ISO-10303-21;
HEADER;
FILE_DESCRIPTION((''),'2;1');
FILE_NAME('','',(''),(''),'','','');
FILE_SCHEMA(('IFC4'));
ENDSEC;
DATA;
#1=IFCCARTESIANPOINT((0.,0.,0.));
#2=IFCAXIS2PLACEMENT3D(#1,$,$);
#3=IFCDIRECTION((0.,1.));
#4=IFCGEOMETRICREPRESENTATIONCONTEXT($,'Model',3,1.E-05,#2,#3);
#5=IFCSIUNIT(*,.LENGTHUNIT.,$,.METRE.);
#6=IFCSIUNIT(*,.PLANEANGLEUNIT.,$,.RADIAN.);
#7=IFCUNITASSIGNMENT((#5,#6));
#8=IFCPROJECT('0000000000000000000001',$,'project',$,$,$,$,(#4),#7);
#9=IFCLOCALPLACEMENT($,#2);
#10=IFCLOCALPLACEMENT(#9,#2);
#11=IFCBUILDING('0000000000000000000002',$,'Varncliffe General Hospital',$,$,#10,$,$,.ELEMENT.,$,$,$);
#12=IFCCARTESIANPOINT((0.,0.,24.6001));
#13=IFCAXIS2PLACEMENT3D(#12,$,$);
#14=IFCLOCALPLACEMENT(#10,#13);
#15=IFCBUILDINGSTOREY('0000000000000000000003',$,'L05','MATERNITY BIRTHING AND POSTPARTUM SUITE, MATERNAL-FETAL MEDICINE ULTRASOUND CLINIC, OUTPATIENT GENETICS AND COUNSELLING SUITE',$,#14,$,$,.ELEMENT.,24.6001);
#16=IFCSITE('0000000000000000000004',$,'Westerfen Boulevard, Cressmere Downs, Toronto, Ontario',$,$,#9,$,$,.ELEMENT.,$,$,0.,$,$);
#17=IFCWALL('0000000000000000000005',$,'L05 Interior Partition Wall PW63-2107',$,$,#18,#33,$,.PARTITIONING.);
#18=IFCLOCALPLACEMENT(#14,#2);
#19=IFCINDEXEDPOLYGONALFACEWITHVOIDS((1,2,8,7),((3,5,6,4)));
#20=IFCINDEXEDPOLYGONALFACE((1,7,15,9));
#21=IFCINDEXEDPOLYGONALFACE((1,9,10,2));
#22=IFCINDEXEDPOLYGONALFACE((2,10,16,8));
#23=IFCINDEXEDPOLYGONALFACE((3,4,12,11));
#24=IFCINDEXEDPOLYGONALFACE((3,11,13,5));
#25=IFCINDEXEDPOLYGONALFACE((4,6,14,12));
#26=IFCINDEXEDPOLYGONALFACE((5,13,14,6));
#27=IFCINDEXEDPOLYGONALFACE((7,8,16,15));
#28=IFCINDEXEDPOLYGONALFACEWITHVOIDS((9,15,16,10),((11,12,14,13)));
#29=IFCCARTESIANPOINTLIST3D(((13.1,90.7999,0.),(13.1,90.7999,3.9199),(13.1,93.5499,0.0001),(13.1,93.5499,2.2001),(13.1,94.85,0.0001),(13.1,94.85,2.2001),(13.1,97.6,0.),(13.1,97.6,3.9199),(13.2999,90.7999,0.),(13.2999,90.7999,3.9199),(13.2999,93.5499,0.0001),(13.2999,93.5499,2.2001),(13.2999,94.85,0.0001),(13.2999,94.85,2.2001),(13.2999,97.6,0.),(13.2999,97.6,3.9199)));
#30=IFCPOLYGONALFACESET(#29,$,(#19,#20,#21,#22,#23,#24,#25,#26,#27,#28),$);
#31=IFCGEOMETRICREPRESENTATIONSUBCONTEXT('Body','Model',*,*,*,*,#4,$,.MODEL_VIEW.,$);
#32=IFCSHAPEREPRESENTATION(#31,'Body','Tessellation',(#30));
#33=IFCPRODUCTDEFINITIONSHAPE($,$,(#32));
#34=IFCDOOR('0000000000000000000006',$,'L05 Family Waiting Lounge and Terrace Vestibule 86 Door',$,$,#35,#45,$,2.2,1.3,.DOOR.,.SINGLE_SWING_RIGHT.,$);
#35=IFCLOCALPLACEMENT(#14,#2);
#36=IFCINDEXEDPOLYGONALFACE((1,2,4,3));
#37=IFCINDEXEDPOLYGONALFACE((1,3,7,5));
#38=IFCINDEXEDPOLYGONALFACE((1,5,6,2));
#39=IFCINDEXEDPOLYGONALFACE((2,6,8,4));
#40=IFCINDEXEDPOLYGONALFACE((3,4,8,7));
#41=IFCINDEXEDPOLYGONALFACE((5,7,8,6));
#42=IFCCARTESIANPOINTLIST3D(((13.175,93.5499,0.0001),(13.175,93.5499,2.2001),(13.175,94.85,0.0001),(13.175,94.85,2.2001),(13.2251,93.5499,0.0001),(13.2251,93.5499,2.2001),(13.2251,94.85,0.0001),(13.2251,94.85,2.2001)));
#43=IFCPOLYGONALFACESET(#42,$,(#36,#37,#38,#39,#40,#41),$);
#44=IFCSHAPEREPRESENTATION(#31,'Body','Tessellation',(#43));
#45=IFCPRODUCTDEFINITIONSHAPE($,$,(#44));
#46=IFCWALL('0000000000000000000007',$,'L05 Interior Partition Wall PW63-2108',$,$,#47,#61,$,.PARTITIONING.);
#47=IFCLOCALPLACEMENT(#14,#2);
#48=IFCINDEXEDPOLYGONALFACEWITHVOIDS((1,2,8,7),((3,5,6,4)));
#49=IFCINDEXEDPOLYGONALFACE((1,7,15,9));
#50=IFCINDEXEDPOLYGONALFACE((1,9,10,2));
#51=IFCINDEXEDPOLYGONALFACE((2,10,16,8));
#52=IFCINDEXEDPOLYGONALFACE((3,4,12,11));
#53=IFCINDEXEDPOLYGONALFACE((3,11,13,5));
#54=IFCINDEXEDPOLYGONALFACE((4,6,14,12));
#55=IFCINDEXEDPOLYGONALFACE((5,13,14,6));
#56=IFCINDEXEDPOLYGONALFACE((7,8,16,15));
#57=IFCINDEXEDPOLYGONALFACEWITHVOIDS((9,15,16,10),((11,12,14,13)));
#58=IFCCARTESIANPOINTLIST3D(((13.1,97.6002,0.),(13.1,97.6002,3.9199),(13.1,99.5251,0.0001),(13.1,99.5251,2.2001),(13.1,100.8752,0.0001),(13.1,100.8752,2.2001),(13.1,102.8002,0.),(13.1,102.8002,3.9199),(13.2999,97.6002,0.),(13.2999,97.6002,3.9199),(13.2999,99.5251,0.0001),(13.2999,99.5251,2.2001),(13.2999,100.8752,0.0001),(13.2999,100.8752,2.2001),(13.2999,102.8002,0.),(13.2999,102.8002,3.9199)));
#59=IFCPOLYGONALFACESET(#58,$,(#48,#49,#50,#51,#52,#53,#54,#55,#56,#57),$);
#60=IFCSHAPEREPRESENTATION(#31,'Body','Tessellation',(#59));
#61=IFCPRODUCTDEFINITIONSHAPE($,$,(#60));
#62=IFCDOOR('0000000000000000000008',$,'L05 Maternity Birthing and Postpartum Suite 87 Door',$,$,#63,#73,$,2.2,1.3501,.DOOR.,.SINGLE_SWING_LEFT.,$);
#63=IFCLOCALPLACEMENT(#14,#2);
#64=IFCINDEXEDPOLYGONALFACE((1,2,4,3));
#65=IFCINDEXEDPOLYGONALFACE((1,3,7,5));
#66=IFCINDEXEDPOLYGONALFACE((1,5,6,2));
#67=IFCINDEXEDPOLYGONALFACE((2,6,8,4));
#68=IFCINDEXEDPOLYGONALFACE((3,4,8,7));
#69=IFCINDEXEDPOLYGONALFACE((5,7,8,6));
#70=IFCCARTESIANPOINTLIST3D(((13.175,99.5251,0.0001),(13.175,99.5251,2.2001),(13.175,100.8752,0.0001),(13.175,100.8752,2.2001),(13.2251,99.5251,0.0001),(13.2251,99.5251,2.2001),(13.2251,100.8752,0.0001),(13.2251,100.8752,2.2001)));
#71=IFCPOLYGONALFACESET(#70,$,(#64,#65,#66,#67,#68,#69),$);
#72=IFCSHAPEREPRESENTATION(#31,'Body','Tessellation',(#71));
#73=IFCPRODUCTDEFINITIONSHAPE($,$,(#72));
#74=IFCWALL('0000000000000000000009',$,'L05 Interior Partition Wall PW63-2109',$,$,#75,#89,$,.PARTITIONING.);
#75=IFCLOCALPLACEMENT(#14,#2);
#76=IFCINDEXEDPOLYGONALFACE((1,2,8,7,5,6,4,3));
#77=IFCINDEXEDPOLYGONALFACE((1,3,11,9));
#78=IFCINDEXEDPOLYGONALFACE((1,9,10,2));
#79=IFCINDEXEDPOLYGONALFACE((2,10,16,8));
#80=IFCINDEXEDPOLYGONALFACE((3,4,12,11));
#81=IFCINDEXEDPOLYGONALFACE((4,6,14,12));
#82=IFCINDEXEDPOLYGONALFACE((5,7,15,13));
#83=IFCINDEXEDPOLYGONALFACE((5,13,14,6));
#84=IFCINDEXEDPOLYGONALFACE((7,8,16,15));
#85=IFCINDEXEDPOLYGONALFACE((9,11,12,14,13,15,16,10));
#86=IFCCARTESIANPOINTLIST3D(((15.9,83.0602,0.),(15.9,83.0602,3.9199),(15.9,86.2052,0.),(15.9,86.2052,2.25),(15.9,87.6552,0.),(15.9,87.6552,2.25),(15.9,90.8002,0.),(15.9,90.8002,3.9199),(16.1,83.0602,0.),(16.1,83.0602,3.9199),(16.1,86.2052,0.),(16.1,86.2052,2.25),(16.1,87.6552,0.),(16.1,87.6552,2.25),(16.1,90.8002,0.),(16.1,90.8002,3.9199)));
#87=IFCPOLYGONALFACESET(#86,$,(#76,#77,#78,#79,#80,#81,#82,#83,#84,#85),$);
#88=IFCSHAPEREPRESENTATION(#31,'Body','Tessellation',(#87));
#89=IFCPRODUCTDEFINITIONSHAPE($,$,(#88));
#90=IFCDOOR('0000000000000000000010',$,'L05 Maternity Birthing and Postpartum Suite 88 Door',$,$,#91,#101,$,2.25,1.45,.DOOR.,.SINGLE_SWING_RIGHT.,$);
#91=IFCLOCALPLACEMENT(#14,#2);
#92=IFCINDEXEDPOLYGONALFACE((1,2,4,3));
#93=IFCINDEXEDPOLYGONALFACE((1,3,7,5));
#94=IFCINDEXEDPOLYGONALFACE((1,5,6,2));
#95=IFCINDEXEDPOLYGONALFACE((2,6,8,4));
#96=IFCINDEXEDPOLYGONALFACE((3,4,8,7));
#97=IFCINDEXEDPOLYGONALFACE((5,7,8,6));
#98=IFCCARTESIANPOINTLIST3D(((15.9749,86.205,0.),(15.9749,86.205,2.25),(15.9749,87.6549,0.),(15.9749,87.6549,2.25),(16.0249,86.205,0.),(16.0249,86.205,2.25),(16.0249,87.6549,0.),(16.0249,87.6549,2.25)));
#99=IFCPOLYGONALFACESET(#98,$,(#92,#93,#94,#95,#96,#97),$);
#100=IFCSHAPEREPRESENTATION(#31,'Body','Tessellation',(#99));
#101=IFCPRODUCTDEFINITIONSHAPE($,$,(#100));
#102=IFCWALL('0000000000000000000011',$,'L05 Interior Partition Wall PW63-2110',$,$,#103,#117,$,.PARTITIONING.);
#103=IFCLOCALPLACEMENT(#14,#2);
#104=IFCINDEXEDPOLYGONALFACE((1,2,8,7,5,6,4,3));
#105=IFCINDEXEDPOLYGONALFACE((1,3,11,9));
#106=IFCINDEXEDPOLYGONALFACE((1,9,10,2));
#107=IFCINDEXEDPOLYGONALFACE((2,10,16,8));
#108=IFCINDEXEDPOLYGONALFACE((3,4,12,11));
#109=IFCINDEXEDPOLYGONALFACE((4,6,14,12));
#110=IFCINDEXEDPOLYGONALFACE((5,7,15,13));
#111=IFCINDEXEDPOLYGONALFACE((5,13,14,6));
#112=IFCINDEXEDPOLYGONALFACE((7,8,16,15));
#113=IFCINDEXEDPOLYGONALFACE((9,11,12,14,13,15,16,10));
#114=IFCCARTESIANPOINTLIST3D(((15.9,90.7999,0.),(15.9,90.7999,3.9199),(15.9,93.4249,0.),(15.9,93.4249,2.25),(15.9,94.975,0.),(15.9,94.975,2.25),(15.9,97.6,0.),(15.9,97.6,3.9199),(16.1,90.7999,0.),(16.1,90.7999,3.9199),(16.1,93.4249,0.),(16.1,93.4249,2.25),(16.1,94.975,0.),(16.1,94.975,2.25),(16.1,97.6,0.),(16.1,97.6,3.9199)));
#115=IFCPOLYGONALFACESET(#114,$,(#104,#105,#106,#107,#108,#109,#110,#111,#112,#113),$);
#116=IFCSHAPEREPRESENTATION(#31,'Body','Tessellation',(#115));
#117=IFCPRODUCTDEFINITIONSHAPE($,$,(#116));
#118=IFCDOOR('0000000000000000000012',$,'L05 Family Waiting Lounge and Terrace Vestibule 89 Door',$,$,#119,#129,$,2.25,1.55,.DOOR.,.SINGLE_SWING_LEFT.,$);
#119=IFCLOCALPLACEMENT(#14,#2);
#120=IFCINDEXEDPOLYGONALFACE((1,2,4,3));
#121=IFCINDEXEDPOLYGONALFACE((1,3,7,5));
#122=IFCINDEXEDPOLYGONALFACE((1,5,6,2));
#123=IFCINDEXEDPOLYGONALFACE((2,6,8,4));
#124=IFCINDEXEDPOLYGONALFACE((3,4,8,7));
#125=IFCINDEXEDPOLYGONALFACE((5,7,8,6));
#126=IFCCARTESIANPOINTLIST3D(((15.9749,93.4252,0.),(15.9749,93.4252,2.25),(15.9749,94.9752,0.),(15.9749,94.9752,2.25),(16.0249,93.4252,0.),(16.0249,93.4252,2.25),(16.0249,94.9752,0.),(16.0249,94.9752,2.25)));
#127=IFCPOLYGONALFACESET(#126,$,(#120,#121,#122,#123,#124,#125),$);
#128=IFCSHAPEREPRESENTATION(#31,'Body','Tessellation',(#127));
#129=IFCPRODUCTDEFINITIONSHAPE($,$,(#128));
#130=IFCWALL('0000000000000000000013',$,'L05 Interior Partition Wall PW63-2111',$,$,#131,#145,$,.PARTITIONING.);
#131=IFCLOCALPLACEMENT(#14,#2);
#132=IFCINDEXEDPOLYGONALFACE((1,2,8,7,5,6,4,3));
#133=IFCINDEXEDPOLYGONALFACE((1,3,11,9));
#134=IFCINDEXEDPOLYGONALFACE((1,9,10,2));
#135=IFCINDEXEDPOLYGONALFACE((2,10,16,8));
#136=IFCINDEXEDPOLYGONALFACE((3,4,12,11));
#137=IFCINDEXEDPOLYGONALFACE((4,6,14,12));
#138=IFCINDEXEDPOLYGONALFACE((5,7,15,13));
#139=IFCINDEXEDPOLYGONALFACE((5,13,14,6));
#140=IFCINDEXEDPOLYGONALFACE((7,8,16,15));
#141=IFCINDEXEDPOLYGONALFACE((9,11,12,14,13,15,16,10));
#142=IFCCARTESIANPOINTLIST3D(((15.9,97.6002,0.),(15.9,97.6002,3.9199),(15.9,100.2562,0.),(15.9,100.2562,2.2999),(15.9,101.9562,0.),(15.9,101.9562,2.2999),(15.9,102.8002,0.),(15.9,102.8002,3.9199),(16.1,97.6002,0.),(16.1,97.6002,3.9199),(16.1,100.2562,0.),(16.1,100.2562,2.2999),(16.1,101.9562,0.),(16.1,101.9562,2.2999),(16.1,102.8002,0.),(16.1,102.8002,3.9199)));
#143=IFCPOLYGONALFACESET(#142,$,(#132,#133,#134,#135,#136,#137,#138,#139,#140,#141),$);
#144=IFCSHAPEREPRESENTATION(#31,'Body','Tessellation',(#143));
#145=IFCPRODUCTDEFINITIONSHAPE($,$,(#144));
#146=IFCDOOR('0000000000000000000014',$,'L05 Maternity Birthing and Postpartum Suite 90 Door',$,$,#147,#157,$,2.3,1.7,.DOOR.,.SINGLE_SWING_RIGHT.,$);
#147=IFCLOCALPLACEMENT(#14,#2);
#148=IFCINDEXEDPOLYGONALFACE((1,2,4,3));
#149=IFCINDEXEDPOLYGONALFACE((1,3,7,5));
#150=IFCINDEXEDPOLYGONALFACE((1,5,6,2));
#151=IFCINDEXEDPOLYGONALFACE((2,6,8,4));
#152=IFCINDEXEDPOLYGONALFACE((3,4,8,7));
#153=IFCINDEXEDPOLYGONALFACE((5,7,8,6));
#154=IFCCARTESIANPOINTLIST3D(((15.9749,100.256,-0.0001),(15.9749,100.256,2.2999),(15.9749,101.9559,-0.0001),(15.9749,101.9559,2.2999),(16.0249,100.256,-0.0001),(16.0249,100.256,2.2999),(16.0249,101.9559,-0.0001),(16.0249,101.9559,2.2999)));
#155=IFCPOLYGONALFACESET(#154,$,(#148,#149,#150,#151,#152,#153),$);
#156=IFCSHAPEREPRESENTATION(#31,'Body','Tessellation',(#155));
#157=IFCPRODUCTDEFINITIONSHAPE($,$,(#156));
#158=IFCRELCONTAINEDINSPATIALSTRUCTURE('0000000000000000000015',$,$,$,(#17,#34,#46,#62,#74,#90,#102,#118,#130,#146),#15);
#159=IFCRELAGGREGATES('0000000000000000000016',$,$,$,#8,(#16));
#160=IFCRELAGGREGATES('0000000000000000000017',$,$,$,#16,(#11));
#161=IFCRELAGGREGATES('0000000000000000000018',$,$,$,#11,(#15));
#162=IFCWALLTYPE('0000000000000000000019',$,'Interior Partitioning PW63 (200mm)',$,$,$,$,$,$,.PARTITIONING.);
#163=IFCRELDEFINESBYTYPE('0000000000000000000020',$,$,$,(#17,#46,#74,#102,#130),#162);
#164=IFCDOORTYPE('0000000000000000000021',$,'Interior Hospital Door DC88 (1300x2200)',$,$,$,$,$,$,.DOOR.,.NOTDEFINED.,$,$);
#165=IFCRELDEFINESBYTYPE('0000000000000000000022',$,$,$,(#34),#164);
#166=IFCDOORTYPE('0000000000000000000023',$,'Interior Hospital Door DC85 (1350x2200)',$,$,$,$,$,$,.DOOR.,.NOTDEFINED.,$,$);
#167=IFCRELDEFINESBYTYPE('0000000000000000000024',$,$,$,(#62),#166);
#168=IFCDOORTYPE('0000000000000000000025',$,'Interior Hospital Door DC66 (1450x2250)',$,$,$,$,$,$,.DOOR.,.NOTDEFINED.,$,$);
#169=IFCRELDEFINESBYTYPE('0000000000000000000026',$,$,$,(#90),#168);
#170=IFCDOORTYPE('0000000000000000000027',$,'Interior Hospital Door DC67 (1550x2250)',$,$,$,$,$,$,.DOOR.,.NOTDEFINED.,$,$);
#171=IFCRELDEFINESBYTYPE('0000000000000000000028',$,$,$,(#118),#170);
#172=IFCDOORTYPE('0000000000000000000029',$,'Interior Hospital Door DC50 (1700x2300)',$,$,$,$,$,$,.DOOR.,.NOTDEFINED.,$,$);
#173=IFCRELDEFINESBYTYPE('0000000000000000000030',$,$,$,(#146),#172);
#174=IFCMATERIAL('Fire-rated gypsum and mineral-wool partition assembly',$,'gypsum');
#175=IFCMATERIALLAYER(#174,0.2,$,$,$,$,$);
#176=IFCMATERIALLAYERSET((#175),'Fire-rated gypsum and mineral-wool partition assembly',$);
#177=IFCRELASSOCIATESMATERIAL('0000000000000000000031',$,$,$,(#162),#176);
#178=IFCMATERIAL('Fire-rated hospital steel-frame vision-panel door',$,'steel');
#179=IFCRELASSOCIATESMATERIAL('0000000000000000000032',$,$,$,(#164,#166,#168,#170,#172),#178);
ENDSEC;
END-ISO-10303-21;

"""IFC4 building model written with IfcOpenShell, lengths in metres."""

from ifc_helpers import new_model, si_unit, direction, frame, frame_2d, origin, place, context, subcontext, project, spatial, rectangle, extrude, material, layer, layer_set, type_object, element, fill, save


model = new_model("IFC4")

# Units and contexts
model_context = context("Model", 3, precision=1e-05, world=origin(), true_north=direction((0.0, 1.0)))
body_context = subcontext(model_context, "Body", "Model", "MODEL_VIEW")
ifc_project = project(units=[si_unit("LENGTHUNIT", "METRE"), si_unit("PLANEANGLEUNIT", "RADIAN")], contexts=[model_context])

# Site, building, storey
site_placement = place(None, origin())
site = spatial("IfcSite", under=ifc_project, at=site_placement, Name="Westerfen Boulevard, Cressmere Downs, Toronto, Ontario", CompositionType="ELEMENT", RefElevation=0.0)
building_placement = place(site_placement, origin())
building = spatial("IfcBuilding", under=site, at=building_placement, Name="Varncliffe General Hospital", CompositionType="ELEMENT")
storey_placement = place(building_placement, frame((0.0, 0.0, 24.6001)))
storey = spatial("IfcBuildingStorey", under=building, at=storey_placement, Name="L05", Description="MATERNITY BIRTHING AND POSTPARTUM SUITE, MATERNAL-FETAL MEDICINE ULTRASOUND CLINIC, OUTPATIENT GENETICS AND COUNSELLING SUITE", CompositionType="ELEMENT", Elevation=24.6001)

# Walls, openings, doors
ifc_material_1 = material(Name="Fire-rated gypsum and mineral-wool partition assembly", Category="gypsum")
ifc_layer_1 = layer(ifc_material_1, 0.2)
ifc_layer_set_1 = layer_set([ifc_layer_1], Name="Fire-rated gypsum and mineral-wool partition assembly")
wall_type_1 = type_object("IfcWallType", Name="Interior Partitioning PW63 (200mm)", PredefinedType="PARTITIONING", material=ifc_layer_set_1)
wall_1_placement = place(storey_placement, frame((13.2, 90.8, 0.0), z_axis=(0.0, 0.0, 1.0), x_axis=(0.0, 1.0, 0.0)))
wall_1 = element("IfcWall", 1, at=wall_1_placement, inside=storey, type_object=wall_type_1, Name="L05 Interior Partition Wall PW63-2107", PredefinedType="PARTITIONING", context=body_context, shape_type="SweptSolid", body=[
    extrude(rectangle(XDim=6.8, YDim=0.2, at=frame_2d((3.3999, 0.0))), origin(), (0.0, 0.0, 1.0), 3.9199),
])
opening_1_placement = place(wall_1_placement, frame((2.75, 0.0, 0.0)))
opening_1 = element("IfcOpeningElement", 2, at=opening_1_placement, cuts=wall_1, PredefinedType="OPENING", context=body_context, shape_type="SweptSolid", body=[
    extrude(rectangle(XDim=1.3, YDim=2.2, at=frame_2d((0.6499, 1.1001))), frame((0.0, 0.1099, 0.0), z_axis=(0.0, -1.0, 0.0), x_axis=(1.0, 0.0, 0.0)), (0.0, 0.0, 1.0), 0.22),
])
ifc_material_2 = material(Name="Fire-rated hospital steel-frame vision-panel door", Category="steel")
door_type_1 = type_object("IfcDoorType", Name="Interior Hospital Door DC88 (1300x2200)", OperationType="NOTDEFINED", PredefinedType="DOOR", material=ifc_material_2)
door_1_placement = place(opening_1_placement, origin())
door_1 = element("IfcDoor", 3, at=door_1_placement, inside=storey, type_object=door_type_1, Name="L05 Family Waiting Lounge and Terrace Vestibule 86 Door", OperationType="SINGLE_SWING_RIGHT", OverallHeight=2.2, OverallWidth=1.3, PredefinedType="DOOR", context=body_context, shape_type="SweptSolid", body=[
    extrude(rectangle(XDim=1.3, YDim=2.2, at=frame_2d((0.6499, 1.1001))), frame((0.0, 0.0249, 0.0), z_axis=(0.0, -1.0, 0.0), x_axis=(1.0, 0.0, 0.0)), (0.0, 0.0, 1.0), 0.05),
])
fill(opening_1, door_1)
wall_2_placement = place(storey_placement, frame((13.2, 97.6001, 0.0), z_axis=(0.0, 0.0, 1.0), x_axis=(0.0, 1.0, 0.0)))
wall_2 = element("IfcWall", 4, at=wall_2_placement, inside=storey, type_object=wall_type_1, Name="L05 Interior Partition Wall PW63-2108", PredefinedType="PARTITIONING", context=body_context, shape_type="SweptSolid", body=[
    extrude(rectangle(XDim=5.2, YDim=0.2, at=frame_2d((2.6001, 0.0))), origin(), (0.0, 0.0, 1.0), 3.9199),
])
opening_2_placement = place(wall_2_placement, frame((1.925, 0.0, 0.0)))
opening_2 = element("IfcOpeningElement", 5, at=opening_2_placement, cuts=wall_2, PredefinedType="OPENING", context=body_context, shape_type="SweptSolid", body=[
    extrude(rectangle(XDim=1.3501, YDim=2.2, at=frame_2d((0.675, 1.1001))), frame((0.0, 0.1099, 0.0), z_axis=(0.0, -1.0, 0.0), x_axis=(1.0, 0.0, 0.0)), (0.0, 0.0, 1.0), 0.22),
])
door_type_2 = type_object("IfcDoorType", Name="Interior Hospital Door DC85 (1350x2200)", OperationType="NOTDEFINED", PredefinedType="DOOR", material=ifc_material_2)
door_2_placement = place(opening_2_placement, origin())
door_2 = element("IfcDoor", 6, at=door_2_placement, inside=storey, type_object=door_type_2, Name="L05 Maternity Birthing and Postpartum Suite 87 Door", OperationType="SINGLE_SWING_LEFT", OverallHeight=2.2, OverallWidth=1.3501, PredefinedType="DOOR", context=body_context, shape_type="SweptSolid", body=[
    extrude(rectangle(XDim=1.3501, YDim=2.2, at=frame_2d((0.675, 1.1001))), frame((0.0, 0.0249, 0.0), z_axis=(0.0, -1.0, 0.0), x_axis=(1.0, 0.0, 0.0)), (0.0, 0.0, 1.0), 0.05),
])
fill(opening_2, door_2)
wall_3_placement = place(storey_placement, frame((16.0, 83.0601, 0.0), z_axis=(0.0, 0.0, 1.0), x_axis=(0.0, 1.0, 0.0)))
wall_3 = element("IfcWall", 7, at=wall_3_placement, inside=storey, type_object=wall_type_1, Name="L05 Interior Partition Wall PW63-2109", PredefinedType="PARTITIONING", context=body_context, shape_type="SweptSolid", body=[
    extrude(rectangle(XDim=7.74, YDim=0.2, at=frame_2d((3.8701, 0.0))), origin(), (0.0, 0.0, 1.0), 3.9199),
])
opening_3_placement = place(wall_3_placement, frame((3.145, 0.0, 0.0)))
opening_3 = element("IfcOpeningElement", 8, at=opening_3_placement, cuts=wall_3, PredefinedType="OPENING", context=body_context, shape_type="SweptSolid", body=[
    extrude(rectangle(XDim=1.45, YDim=2.25, at=frame_2d((0.7251, 1.125))), frame((0.0, 0.1099, 0.0), z_axis=(0.0, -1.0, 0.0), x_axis=(1.0, 0.0, 0.0)), (0.0, 0.0, 1.0), 0.22),
])
door_type_3 = type_object("IfcDoorType", Name="Interior Hospital Door DC66 (1450x2250)", OperationType="NOTDEFINED", PredefinedType="DOOR", material=ifc_material_2)
door_3_placement = place(opening_3_placement, frame((1.45, 0.0, 0.0), z_axis=(0.0, 0.0, 1.0), x_axis=(-1.0, 0.0, 0.0)))
door_3 = element("IfcDoor", 9, at=door_3_placement, inside=storey, type_object=door_type_3, Name="L05 Maternity Birthing and Postpartum Suite 88 Door", OperationType="SINGLE_SWING_RIGHT", OverallHeight=2.25, OverallWidth=1.45, PredefinedType="DOOR", context=body_context, shape_type="SweptSolid", body=[
    extrude(rectangle(XDim=1.45, YDim=2.25, at=frame_2d((0.7251, 1.125))), frame((0.0, 0.0249, 0.0), z_axis=(0.0, -1.0, 0.0), x_axis=(1.0, 0.0, 0.0)), (0.0, 0.0, 1.0), 0.05),
])
fill(opening_3, door_3)
wall_4_placement = place(storey_placement, frame((16.0, 90.8, 0.0), z_axis=(0.0, 0.0, 1.0), x_axis=(0.0, 1.0, 0.0)))
wall_4 = element("IfcWall", 10, at=wall_4_placement, inside=storey, type_object=wall_type_1, Name="L05 Interior Partition Wall PW63-2110", PredefinedType="PARTITIONING", context=body_context, shape_type="SweptSolid", body=[
    extrude(rectangle(XDim=6.8, YDim=0.2, at=frame_2d((3.3999, 0.0))), origin(), (0.0, 0.0, 1.0), 3.9199),
])
opening_4_placement = place(wall_4_placement, frame((2.625, 0.0, 0.0)))
opening_4 = element("IfcOpeningElement", 11, at=opening_4_placement, cuts=wall_4, PredefinedType="OPENING", context=body_context, shape_type="SweptSolid", body=[
    extrude(rectangle(XDim=1.55, YDim=2.25, at=frame_2d((0.7749, 1.125))), frame((0.0, 0.1099, 0.0), z_axis=(0.0, -1.0, 0.0), x_axis=(1.0, 0.0, 0.0)), (0.0, 0.0, 1.0), 0.22),
])
door_type_4 = type_object("IfcDoorType", Name="Interior Hospital Door DC67 (1550x2250)", OperationType="NOTDEFINED", PredefinedType="DOOR", material=ifc_material_2)
door_4_placement = place(opening_4_placement, frame((1.55, 0.0, 0.0), z_axis=(0.0, 0.0, 1.0), x_axis=(-1.0, 0.0, 0.0)))
door_4 = element("IfcDoor", 12, at=door_4_placement, inside=storey, type_object=door_type_4, Name="L05 Family Waiting Lounge and Terrace Vestibule 89 Door", OperationType="SINGLE_SWING_LEFT", OverallHeight=2.25, OverallWidth=1.55, PredefinedType="DOOR", context=body_context, shape_type="SweptSolid", body=[
    extrude(rectangle(XDim=1.55, YDim=2.25, at=frame_2d((0.7749, 1.125))), frame((0.0, 0.0249, 0.0), z_axis=(0.0, -1.0, 0.0), x_axis=(1.0, 0.0, 0.0)), (0.0, 0.0, 1.0), 0.05),
])
fill(opening_4, door_4)
wall_5_placement = place(storey_placement, frame((16.0, 97.6001, 0.0), z_axis=(0.0, 0.0, 1.0), x_axis=(0.0, 1.0, 0.0)))
wall_5 = element("IfcWall", 13, at=wall_5_placement, inside=storey, type_object=wall_type_1, Name="L05 Interior Partition Wall PW63-2111", PredefinedType="PARTITIONING", context=body_context, shape_type="SweptSolid", body=[
    extrude(rectangle(XDim=5.2, YDim=0.2, at=frame_2d((2.6001, 0.0))), origin(), (0.0, 0.0, 1.0), 3.9199),
])
opening_5_placement = place(wall_5_placement, frame((2.656, 0.0, 0.0)))
opening_5 = element("IfcOpeningElement", 14, at=opening_5_placement, cuts=wall_5, PredefinedType="OPENING", context=body_context, shape_type="SweptSolid", body=[
    extrude(rectangle(XDim=1.7, YDim=2.3, at=frame_2d((0.8501, 1.1499))), frame((0.0, 0.1099, 0.0), z_axis=(0.0, -1.0, 0.0), x_axis=(1.0, 0.0, 0.0)), (0.0, 0.0, 1.0), 0.22),
])
door_type_5 = type_object("IfcDoorType", Name="Interior Hospital Door DC50 (1700x2300)", OperationType="NOTDEFINED", PredefinedType="DOOR", material=ifc_material_2)
door_5_placement = place(opening_5_placement, frame((1.7, 0.0, 0.0), z_axis=(0.0, 0.0, 1.0), x_axis=(-1.0, 0.0, 0.0)))
door_5 = element("IfcDoor", 15, at=door_5_placement, inside=storey, type_object=door_type_5, Name="L05 Maternity Birthing and Postpartum Suite 90 Door", OperationType="SINGLE_SWING_RIGHT", OverallHeight=2.3, OverallWidth=1.7, PredefinedType="DOOR", context=body_context, shape_type="SweptSolid", body=[
    extrude(rectangle(XDim=1.7, YDim=2.3, at=frame_2d((0.8501, 1.1499))), frame((0.0, 0.0249, 0.0), z_axis=(0.0, -1.0, 0.0), x_axis=(1.0, 0.0, 0.0)), (0.0, 0.0, 1.0), 0.05),
])
fill(opening_5, door_5)

save(model, "model.ifc")
